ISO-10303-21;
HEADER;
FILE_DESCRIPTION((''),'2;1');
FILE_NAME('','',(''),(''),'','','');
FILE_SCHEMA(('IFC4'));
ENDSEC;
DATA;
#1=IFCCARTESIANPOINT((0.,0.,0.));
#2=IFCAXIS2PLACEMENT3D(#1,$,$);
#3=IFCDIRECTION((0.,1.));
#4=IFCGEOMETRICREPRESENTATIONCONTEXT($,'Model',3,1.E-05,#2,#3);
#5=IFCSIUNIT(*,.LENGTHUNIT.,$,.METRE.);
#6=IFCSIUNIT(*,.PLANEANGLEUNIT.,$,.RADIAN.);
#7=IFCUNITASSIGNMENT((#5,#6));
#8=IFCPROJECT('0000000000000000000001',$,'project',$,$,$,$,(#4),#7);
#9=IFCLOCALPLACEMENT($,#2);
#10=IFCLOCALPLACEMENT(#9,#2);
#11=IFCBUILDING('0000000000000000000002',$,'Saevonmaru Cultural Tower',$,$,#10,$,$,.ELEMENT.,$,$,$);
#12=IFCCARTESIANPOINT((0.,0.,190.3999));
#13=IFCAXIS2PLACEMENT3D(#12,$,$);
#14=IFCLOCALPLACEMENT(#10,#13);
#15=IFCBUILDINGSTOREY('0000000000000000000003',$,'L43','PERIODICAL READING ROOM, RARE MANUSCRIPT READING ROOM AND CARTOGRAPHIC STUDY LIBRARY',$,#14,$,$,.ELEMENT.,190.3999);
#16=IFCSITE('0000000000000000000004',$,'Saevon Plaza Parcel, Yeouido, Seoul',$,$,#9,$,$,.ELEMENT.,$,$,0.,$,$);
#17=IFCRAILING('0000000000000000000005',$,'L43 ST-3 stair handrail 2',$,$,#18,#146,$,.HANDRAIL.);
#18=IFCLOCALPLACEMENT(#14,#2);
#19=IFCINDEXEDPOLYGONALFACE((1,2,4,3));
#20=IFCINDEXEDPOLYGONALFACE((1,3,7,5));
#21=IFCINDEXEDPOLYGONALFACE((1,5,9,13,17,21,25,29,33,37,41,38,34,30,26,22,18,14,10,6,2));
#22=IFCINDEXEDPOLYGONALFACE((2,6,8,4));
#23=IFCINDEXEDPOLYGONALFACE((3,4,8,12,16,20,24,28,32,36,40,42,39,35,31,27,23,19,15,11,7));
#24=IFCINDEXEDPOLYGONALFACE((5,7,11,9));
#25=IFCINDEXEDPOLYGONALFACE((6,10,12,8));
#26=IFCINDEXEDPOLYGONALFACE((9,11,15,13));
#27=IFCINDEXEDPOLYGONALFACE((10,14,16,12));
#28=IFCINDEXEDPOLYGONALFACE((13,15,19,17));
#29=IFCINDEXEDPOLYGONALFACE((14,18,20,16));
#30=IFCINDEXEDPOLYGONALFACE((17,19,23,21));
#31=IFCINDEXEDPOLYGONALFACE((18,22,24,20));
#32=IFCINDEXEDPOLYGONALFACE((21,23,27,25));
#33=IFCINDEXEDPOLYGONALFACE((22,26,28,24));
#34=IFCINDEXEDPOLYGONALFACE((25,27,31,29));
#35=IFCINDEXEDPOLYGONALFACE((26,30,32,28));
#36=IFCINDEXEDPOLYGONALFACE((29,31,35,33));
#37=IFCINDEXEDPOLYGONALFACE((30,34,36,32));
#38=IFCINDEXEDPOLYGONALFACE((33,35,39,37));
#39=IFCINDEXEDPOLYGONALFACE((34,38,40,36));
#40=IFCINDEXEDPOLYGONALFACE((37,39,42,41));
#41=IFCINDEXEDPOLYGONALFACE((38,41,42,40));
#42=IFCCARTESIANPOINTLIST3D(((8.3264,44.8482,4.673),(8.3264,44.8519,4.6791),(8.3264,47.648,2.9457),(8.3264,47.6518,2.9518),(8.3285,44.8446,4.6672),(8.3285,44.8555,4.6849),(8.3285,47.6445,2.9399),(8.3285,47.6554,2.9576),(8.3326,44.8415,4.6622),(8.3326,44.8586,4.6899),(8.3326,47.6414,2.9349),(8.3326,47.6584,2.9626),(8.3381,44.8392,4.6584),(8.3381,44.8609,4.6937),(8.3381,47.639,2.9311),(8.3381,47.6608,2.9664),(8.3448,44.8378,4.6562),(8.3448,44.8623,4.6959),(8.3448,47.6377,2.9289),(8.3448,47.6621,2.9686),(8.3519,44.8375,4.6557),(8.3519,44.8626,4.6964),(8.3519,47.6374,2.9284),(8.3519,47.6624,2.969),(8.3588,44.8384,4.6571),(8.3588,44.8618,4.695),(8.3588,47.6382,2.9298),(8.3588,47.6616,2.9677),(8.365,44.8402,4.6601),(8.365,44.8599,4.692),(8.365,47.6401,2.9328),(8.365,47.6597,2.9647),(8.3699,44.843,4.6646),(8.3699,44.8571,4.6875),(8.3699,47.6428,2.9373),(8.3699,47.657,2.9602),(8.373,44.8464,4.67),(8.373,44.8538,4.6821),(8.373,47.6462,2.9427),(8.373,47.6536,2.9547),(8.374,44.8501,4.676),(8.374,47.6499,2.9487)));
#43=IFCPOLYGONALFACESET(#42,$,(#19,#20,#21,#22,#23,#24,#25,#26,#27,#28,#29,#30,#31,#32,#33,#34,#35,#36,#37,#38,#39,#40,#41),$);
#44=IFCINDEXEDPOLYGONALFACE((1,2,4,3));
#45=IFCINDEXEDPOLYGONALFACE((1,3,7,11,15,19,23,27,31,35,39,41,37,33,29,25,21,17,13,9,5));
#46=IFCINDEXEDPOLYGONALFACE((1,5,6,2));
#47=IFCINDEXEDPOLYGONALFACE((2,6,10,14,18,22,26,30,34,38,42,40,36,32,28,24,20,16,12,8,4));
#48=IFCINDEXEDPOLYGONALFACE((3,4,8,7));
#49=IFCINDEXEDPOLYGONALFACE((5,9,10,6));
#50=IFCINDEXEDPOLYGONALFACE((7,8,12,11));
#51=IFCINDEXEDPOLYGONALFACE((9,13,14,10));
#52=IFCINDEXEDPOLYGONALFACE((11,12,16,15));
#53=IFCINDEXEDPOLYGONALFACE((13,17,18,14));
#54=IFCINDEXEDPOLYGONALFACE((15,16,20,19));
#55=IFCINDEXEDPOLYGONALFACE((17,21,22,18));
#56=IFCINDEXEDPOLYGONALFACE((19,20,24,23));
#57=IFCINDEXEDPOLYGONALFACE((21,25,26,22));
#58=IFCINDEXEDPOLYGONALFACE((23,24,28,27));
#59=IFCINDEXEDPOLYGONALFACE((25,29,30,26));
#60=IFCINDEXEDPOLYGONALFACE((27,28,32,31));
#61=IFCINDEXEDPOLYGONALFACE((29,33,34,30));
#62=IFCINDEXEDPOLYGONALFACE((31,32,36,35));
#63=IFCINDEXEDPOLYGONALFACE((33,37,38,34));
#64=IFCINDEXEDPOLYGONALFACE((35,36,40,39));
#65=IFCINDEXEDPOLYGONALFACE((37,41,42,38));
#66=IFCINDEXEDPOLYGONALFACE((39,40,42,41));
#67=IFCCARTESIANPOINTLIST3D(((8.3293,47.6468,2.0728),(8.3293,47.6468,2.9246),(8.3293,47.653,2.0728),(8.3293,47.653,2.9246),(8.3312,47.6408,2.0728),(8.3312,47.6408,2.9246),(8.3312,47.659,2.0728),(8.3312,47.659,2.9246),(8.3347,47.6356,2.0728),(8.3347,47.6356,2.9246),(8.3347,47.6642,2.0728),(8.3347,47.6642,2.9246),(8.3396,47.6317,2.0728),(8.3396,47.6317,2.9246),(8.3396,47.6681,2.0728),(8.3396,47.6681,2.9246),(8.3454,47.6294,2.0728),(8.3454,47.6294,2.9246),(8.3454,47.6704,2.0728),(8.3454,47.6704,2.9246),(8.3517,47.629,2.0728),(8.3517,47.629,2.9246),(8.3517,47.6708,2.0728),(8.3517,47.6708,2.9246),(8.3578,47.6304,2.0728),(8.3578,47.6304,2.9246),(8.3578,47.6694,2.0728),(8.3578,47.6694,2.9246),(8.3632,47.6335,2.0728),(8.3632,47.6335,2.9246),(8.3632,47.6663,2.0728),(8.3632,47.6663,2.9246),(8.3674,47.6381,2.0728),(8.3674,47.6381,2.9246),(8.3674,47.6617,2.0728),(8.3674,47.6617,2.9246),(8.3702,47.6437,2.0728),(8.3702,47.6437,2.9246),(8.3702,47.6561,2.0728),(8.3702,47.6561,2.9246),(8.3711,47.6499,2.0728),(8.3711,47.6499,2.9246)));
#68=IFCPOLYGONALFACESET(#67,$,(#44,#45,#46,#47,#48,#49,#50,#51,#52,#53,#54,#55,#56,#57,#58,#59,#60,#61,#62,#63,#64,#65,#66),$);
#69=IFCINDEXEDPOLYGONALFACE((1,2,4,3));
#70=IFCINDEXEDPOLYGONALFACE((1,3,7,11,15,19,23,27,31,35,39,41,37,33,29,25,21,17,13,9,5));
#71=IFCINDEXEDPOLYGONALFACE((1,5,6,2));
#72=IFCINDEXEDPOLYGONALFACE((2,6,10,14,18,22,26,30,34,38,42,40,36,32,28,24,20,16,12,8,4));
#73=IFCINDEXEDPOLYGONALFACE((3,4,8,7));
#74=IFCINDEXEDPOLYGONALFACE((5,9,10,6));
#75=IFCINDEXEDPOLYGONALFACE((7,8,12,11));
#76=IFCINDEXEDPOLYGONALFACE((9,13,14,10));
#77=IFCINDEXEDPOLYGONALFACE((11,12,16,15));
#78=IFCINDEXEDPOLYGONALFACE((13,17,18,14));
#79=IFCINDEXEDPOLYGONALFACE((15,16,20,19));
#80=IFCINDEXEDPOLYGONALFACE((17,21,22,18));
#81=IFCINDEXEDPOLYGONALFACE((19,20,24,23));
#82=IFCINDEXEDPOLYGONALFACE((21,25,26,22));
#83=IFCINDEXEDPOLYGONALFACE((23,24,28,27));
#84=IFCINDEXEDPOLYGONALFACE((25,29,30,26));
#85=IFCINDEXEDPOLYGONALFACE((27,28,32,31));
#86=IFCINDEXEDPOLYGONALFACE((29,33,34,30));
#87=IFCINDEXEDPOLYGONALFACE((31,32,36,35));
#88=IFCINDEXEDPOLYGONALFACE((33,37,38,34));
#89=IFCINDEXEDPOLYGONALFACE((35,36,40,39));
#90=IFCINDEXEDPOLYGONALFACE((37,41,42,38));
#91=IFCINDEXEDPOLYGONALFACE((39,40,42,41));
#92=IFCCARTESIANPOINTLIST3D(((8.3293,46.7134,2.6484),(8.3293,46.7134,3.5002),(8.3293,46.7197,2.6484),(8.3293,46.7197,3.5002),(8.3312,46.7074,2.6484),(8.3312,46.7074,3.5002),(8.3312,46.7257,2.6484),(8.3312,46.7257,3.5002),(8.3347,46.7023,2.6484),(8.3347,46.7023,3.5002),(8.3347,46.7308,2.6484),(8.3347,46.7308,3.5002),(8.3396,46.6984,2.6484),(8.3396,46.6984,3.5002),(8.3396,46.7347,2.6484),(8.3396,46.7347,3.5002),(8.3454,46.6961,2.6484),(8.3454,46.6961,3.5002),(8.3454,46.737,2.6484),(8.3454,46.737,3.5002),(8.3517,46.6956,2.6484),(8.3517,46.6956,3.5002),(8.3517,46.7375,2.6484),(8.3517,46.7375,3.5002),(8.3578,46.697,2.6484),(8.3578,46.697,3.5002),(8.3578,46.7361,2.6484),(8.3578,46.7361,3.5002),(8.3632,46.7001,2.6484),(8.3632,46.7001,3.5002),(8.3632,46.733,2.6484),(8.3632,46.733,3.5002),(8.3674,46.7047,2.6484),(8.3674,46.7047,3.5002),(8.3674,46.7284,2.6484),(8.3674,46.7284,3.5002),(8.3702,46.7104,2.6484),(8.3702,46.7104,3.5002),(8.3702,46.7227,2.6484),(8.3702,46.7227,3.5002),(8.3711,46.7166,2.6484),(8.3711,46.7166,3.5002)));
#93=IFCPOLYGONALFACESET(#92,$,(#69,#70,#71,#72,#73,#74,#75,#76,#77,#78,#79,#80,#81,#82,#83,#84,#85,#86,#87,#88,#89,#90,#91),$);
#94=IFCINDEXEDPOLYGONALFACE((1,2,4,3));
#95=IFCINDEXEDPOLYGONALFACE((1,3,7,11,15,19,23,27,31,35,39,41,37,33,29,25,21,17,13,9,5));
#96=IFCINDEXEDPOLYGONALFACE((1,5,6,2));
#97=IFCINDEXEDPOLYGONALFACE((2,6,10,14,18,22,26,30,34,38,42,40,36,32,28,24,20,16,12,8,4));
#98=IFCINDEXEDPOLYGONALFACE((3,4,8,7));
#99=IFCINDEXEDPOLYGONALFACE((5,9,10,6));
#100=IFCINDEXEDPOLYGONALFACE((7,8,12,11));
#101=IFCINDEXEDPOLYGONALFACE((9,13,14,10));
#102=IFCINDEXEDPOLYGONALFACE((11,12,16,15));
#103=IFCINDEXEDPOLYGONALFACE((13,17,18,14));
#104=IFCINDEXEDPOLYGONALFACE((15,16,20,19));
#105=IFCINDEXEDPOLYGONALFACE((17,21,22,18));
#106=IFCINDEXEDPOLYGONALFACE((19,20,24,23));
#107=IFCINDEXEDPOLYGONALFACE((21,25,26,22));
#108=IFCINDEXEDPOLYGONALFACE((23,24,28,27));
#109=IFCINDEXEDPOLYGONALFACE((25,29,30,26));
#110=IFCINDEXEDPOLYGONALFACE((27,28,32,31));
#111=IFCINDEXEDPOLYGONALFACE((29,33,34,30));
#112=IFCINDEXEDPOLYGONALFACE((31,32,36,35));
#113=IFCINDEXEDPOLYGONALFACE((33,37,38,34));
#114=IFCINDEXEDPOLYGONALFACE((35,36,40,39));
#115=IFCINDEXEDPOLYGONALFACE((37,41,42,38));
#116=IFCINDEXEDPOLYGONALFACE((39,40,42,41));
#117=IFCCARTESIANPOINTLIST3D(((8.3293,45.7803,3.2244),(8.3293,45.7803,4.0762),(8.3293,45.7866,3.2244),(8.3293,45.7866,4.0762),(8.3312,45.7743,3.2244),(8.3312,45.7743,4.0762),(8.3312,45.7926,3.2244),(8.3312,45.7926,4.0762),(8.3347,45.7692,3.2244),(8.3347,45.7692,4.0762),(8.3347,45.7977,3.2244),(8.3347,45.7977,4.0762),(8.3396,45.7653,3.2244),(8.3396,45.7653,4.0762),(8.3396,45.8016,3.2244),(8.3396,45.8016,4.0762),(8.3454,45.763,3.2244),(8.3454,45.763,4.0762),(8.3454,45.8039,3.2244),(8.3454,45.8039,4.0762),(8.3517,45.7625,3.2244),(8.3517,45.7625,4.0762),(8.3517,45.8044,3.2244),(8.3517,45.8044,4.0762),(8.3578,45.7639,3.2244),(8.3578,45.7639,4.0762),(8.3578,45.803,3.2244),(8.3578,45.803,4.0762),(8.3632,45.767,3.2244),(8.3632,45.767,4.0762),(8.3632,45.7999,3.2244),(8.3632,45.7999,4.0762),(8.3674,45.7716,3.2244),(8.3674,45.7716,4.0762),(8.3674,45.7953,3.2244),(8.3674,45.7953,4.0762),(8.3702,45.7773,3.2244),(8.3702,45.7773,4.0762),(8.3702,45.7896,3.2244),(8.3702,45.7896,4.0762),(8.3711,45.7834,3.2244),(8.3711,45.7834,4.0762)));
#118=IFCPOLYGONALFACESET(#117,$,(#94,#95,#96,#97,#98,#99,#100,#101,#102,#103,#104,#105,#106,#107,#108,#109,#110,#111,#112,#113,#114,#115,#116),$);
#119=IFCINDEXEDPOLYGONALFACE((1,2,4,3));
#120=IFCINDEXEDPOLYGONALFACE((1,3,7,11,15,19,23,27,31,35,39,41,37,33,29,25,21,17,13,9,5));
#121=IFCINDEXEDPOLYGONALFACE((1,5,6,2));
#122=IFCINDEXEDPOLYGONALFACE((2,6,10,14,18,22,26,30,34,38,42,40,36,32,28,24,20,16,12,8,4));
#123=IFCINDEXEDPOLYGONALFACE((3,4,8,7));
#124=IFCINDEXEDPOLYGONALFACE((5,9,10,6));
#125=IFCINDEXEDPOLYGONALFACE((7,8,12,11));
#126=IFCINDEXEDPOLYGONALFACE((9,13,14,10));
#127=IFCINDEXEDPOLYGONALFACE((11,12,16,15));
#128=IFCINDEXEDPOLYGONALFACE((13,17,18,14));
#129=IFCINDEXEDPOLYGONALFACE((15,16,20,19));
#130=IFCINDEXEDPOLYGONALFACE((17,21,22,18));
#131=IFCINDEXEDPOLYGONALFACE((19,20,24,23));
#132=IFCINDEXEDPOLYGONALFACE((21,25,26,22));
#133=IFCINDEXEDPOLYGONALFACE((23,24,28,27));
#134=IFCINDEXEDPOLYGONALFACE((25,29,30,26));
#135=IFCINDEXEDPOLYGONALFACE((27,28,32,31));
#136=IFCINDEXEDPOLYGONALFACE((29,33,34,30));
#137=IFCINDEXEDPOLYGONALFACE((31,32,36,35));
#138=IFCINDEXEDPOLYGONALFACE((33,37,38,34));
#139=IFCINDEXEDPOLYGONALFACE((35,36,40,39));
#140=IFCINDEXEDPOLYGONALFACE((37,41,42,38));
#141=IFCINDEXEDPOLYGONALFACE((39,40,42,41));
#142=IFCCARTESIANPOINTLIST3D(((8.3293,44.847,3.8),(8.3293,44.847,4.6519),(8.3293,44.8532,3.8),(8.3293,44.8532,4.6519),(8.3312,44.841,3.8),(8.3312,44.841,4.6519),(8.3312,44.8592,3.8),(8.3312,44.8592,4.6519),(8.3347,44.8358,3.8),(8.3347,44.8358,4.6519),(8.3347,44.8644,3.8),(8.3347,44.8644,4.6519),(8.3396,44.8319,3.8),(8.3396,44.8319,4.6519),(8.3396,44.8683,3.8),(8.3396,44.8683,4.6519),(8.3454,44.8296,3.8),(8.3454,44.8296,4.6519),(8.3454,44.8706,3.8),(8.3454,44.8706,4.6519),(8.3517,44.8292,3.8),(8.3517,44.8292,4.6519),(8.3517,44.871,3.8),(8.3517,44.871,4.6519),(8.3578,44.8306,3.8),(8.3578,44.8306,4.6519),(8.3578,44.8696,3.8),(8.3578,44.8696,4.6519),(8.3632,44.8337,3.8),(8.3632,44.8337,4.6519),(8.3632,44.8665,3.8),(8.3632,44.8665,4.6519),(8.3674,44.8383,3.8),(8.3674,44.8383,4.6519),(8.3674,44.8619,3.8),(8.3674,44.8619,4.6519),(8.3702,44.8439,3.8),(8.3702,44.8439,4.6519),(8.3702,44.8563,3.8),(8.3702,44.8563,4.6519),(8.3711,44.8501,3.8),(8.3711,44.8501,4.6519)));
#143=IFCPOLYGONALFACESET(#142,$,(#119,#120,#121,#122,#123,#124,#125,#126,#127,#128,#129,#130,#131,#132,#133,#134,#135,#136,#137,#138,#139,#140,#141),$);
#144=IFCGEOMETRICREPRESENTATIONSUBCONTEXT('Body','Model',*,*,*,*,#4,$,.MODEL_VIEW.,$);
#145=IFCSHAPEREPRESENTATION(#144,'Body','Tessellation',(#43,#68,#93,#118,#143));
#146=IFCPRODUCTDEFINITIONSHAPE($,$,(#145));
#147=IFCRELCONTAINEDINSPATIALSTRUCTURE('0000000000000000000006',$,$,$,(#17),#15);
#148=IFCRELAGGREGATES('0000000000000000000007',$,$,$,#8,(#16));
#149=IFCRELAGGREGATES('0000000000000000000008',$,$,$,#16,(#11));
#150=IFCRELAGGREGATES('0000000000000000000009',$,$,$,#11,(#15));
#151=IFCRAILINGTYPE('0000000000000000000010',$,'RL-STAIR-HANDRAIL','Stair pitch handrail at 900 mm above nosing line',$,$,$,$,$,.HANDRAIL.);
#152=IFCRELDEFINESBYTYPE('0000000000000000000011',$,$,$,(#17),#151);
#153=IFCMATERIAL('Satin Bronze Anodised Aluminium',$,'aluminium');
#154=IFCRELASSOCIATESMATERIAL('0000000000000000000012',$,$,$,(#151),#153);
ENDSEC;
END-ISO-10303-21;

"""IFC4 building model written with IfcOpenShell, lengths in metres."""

from ifc_helpers import new_model, si_unit, direction, frame, origin, origin_2d, place, context, subcontext, project, spatial, circle, extrude, material, type_object, element, save


model = new_model("IFC4")

# Units and contexts
model_context = context("Model", 3, precision=1e-05, world=origin(), true_north=direction((0.0, 1.0)))
body_context = subcontext(model_context, "Body", "Model", "MODEL_VIEW")
ifc_project = project(units=[si_unit("LENGTHUNIT", "METRE"), si_unit("PLANEANGLEUNIT", "RADIAN")], contexts=[model_context])

# Site, building, storey
site_placement = place(None, origin())
site = spatial("IfcSite", under=ifc_project, at=site_placement, Name="Saevon Plaza Parcel, Yeouido, Seoul", CompositionType="ELEMENT", RefElevation=0.0)
building_placement = place(site_placement, origin())
building = spatial("IfcBuilding", under=site, at=building_placement, Name="Saevonmaru Cultural Tower", CompositionType="ELEMENT")
storey_placement = place(building_placement, frame((0.0, 0.0, 190.3999)))
storey = spatial("IfcBuildingStorey", under=building, at=storey_placement, Name="L43", Description="PERIODICAL READING ROOM, RARE MANUSCRIPT READING ROOM AND CARTOGRAPHIC STUDY LIBRARY", CompositionType="ELEMENT", Elevation=190.3999)

# Shared definitions
ifc_material_1 = material(Name="Satin Bronze Anodised Aluminium", Category="aluminium")

# Railing
railing_type_1 = type_object("IfcRailingType", Name="RL-STAIR-HANDRAIL", Description="Stair pitch handrail at 900 mm above nosing line", PredefinedType="HANDRAIL", material=ifc_material_1)
railing_1_placement = place(storey_placement, frame((8.3501, 47.6499, 2.0728)))
element("IfcRailing", 1, at=railing_1_placement, inside=storey, type_object=railing_type_1, Name="L43 ST-3 stair handrail 2", PredefinedType="HANDRAIL", context=body_context, shape_type="SweptSolid", body=[
    extrude(circle(Radius=0.0239, at=origin_2d()), frame((0.0, 0.0, 0.876), z_axis=(0.0, -0.851069, 0.525054), x_axis=(1.0, 0.0, 0.0)), (0.0, 0.0, 1.0), 3.2898),
    extrude(circle(Radius=0.021, at=origin_2d()), origin(), (0.0, 0.0, 1.0), 0.8518),
    extrude(circle(Radius=0.021, at=origin_2d()), frame((0.0, -0.9333, 0.5757)), (0.0, 0.0, 1.0), 0.8518),
    extrude(circle(Radius=0.021, at=origin_2d()), frame((0.0, -1.8665, 1.1516)), (0.0, 0.0, 1.0), 0.8518),
    extrude(circle(Radius=0.021, at=origin_2d()), frame((0.0, -2.7998, 1.7273)), (0.0, 0.0, 1.0), 0.8518),
])

save(model, "model.ifc")
